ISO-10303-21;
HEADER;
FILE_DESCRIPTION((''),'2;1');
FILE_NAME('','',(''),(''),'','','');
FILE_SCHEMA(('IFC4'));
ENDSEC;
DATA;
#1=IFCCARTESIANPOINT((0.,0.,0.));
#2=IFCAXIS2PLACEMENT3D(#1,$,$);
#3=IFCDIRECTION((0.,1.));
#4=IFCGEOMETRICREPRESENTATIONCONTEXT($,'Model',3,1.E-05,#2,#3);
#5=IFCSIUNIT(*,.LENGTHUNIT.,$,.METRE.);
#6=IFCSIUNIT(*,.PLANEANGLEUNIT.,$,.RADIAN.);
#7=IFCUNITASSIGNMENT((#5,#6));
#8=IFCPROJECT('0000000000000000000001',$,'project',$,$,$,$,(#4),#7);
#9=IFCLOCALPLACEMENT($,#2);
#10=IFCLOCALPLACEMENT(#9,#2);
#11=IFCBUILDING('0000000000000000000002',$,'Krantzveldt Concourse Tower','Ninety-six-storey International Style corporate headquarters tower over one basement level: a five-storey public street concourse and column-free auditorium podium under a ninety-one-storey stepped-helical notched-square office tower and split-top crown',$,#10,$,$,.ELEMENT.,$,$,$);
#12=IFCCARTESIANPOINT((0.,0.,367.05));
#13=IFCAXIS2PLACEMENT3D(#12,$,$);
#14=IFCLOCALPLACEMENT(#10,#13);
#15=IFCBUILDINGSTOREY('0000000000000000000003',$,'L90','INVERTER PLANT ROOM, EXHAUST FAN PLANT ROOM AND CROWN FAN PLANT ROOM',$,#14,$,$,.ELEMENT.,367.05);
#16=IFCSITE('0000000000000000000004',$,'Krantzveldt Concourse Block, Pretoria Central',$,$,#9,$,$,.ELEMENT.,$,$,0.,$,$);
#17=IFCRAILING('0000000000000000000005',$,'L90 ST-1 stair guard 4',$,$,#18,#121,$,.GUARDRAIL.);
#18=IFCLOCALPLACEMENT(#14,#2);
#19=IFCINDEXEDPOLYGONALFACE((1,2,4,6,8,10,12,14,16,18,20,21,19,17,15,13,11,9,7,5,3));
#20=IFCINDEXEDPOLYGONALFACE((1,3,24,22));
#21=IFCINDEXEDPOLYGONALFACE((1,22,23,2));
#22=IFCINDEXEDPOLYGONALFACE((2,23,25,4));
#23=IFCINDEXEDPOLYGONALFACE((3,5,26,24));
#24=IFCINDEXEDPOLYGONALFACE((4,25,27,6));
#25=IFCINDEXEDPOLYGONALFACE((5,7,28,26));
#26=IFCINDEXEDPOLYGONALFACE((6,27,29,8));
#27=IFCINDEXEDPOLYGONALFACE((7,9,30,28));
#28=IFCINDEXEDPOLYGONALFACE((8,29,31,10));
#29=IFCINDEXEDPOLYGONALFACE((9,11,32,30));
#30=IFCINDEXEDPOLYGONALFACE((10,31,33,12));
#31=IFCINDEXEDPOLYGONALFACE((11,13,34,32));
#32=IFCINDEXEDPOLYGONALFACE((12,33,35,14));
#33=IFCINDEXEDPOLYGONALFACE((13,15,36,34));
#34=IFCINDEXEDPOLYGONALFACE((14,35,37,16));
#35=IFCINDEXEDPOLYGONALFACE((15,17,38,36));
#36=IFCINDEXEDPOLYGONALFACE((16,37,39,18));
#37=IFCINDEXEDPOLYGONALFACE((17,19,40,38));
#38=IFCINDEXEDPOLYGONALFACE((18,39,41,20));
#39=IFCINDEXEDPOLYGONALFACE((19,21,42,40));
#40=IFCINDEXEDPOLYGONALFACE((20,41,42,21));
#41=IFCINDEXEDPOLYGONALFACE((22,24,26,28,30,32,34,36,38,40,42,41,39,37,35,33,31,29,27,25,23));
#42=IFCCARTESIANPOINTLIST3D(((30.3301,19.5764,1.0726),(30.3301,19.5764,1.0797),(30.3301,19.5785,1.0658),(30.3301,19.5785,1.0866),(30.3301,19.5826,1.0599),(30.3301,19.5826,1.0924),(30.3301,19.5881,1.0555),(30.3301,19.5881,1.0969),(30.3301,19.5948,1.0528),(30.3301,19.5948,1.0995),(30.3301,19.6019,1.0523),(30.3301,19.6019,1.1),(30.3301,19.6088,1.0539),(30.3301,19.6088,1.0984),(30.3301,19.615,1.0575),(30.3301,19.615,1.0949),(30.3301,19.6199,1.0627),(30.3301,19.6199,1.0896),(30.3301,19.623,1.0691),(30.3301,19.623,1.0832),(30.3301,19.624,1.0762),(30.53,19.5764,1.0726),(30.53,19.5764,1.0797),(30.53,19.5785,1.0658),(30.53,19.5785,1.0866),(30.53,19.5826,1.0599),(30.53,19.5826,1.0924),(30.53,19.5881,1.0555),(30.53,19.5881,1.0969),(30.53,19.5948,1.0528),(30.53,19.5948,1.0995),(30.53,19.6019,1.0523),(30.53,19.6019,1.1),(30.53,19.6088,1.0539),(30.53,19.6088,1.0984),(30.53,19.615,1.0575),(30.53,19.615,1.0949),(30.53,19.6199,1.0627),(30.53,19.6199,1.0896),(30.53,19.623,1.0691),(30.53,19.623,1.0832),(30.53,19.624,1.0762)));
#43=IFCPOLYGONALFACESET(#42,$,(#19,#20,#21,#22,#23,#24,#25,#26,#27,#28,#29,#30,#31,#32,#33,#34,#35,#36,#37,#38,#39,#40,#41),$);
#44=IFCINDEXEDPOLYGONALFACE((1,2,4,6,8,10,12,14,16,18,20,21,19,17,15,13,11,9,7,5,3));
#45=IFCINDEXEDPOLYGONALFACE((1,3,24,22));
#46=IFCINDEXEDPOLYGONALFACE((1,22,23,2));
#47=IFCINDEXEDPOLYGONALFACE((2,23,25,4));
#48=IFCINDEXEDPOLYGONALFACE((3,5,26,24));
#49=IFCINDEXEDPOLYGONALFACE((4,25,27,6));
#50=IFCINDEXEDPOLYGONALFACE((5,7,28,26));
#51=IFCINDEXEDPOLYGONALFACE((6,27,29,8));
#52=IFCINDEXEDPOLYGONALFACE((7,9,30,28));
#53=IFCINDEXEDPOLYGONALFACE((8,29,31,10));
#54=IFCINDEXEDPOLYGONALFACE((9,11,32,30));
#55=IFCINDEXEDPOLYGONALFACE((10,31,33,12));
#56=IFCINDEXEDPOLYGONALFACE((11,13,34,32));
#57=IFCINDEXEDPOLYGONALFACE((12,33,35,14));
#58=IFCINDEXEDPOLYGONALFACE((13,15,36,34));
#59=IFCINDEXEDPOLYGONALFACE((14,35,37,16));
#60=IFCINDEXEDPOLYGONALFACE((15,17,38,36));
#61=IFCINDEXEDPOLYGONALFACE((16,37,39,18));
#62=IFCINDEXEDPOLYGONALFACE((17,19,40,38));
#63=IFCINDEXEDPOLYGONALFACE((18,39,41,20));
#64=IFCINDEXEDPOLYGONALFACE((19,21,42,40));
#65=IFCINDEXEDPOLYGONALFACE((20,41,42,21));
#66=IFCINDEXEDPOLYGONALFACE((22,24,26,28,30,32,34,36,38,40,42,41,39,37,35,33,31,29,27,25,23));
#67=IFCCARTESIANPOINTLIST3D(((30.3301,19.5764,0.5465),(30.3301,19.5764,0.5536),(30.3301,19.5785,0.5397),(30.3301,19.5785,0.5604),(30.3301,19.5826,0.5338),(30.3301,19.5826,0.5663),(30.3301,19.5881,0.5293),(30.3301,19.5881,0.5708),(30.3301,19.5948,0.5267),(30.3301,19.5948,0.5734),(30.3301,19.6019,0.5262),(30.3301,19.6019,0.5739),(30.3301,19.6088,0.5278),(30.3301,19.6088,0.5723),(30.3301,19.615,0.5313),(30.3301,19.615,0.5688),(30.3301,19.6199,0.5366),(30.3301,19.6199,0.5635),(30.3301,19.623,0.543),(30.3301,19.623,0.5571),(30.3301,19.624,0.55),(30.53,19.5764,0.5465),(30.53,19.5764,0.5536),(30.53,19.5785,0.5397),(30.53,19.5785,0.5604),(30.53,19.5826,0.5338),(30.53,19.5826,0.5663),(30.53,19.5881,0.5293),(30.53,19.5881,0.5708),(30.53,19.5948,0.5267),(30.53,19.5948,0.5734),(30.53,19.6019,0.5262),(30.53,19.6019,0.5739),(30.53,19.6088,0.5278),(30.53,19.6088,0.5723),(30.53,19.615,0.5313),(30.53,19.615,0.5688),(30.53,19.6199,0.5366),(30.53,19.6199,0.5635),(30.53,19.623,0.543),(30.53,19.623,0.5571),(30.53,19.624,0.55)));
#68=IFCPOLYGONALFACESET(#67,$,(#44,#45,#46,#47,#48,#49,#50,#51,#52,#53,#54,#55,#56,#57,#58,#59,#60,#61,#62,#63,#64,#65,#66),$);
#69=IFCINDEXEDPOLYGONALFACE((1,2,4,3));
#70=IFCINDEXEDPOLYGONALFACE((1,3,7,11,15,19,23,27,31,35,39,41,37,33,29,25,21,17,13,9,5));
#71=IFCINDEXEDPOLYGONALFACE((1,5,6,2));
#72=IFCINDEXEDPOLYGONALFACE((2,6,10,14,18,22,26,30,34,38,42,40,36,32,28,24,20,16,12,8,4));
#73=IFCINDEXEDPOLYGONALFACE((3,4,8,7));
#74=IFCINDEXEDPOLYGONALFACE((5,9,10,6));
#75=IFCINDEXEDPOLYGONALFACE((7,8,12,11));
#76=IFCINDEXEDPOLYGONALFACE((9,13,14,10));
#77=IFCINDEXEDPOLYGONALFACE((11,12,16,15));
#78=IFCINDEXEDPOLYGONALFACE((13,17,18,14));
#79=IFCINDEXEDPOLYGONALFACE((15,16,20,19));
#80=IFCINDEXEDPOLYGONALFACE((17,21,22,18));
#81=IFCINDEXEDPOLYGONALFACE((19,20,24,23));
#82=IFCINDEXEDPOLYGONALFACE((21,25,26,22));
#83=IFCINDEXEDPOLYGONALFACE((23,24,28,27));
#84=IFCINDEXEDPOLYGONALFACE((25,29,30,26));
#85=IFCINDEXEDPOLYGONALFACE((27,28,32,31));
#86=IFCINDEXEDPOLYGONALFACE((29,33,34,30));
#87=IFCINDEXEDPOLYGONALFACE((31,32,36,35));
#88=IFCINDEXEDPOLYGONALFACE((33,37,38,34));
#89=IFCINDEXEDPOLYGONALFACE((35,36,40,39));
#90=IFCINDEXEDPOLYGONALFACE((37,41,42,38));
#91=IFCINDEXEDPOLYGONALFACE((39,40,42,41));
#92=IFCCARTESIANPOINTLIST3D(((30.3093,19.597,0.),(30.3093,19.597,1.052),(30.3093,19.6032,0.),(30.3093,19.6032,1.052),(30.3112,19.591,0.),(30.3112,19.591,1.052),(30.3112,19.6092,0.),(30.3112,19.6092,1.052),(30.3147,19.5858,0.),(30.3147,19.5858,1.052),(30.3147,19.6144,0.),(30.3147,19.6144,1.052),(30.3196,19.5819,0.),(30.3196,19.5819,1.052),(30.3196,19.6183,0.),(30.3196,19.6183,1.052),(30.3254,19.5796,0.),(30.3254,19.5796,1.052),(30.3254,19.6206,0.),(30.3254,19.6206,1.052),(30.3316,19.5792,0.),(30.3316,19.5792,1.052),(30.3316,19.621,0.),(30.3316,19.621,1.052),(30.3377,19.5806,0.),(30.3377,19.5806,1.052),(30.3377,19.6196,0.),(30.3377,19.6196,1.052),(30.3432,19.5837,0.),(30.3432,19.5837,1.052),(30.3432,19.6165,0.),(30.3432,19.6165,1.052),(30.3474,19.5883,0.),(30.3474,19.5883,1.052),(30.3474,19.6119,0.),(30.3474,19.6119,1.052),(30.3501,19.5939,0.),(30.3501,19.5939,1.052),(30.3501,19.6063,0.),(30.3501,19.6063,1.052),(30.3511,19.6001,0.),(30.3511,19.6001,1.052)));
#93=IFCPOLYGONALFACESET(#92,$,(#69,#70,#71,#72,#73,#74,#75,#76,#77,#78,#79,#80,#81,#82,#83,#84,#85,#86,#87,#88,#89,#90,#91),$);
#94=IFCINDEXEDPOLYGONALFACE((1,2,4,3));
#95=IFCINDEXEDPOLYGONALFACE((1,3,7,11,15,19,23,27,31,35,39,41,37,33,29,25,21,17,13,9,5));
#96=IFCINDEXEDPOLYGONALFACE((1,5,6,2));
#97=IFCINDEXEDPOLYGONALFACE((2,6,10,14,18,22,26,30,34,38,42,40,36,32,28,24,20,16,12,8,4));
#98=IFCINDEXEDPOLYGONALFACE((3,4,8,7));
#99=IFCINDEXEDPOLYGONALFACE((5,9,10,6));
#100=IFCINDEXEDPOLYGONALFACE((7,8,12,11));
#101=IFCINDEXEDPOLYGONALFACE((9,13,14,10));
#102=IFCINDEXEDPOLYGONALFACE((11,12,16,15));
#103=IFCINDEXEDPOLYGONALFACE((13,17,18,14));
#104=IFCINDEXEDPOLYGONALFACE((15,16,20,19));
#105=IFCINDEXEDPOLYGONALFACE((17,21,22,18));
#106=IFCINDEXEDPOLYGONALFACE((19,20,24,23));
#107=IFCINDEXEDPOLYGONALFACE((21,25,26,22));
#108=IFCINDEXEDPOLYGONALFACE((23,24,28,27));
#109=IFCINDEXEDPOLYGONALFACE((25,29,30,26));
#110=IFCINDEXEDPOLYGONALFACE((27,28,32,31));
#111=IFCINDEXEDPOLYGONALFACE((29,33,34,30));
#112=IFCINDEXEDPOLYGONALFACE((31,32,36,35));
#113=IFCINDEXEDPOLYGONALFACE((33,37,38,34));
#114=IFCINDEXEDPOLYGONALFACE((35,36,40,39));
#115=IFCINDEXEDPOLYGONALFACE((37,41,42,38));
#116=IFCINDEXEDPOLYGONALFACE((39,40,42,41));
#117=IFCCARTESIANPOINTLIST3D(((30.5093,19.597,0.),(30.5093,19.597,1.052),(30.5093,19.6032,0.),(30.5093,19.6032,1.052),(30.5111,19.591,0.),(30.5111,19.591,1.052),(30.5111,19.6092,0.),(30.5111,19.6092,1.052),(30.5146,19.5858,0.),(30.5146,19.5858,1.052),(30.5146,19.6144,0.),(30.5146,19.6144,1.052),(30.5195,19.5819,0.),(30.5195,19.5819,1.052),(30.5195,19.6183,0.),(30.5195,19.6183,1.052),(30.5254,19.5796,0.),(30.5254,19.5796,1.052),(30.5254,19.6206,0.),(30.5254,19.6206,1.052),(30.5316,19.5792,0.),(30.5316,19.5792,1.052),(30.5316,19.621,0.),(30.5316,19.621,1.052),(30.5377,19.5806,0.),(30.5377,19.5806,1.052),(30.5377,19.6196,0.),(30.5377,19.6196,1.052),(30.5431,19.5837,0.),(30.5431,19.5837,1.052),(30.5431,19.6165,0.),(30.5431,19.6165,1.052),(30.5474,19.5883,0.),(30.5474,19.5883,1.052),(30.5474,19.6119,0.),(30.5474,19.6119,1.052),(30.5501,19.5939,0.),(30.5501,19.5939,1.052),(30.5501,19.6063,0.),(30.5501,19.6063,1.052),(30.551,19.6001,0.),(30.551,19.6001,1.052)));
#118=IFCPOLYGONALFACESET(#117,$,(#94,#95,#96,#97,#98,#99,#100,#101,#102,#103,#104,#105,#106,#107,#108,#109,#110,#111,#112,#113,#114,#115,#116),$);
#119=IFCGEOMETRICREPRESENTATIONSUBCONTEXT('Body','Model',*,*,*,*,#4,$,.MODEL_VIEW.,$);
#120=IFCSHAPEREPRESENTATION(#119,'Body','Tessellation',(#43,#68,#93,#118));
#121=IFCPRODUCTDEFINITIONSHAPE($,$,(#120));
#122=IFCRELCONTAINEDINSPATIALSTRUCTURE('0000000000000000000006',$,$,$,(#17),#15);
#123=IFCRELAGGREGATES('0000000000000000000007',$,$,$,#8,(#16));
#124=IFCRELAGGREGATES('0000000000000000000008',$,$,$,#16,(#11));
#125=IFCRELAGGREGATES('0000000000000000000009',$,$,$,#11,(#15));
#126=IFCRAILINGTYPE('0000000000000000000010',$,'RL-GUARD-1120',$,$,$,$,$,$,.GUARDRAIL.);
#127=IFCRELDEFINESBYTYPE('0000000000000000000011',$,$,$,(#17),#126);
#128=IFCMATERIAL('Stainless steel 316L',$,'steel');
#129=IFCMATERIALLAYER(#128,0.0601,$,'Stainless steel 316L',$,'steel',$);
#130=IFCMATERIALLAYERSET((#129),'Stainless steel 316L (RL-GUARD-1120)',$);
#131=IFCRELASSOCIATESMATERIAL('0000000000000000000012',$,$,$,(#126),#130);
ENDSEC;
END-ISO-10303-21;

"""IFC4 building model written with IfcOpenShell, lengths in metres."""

from ifc_helpers import new_model, si_unit, direction, frame, origin, origin_2d, place, context, subcontext, project, spatial, circle, extrude, material, layer, layer_set, type_object, element, save


model = new_model("IFC4")

# Units and contexts
model_context = context("Model", 3, precision=1e-05, world=origin(), true_north=direction((0.0, 1.0)))
body_context = subcontext(model_context, "Body", "Model", "MODEL_VIEW")
ifc_project = project(units=[si_unit("LENGTHUNIT", "METRE"), si_unit("PLANEANGLEUNIT", "RADIAN")], contexts=[model_context])

# Site, building, storey
site_placement = place(None, origin())
site = spatial("IfcSite", under=ifc_project, at=site_placement, Name="Krantzveldt Concourse Block, Pretoria Central", CompositionType="ELEMENT", RefElevation=0.0)
building_placement = place(site_placement, origin())
building = spatial("IfcBuilding", under=site, at=building_placement, Name="Krantzveldt Concourse Tower", Description="Ninety-six-storey International Style corporate headquarters tower over one basement level: a five-storey public street concourse and column-free auditorium podium under a ninety-one-storey stepped-helical notched-square office tower and split-top crown", CompositionType="ELEMENT")
storey_placement = place(building_placement, frame((0.0, 0.0, 367.05)))
storey = spatial("IfcBuildingStorey", under=building, at=storey_placement, Name="L90", Description="INVERTER PLANT ROOM, EXHAUST FAN PLANT ROOM AND CROWN FAN PLANT ROOM", CompositionType="ELEMENT", Elevation=367.05)

# Shared definitions
ifc_material_1 = material(Name="Stainless steel 316L", Category="steel")

# Railing
ifc_layer_1 = layer(ifc_material_1, 0.0601, Name="Stainless steel 316L", Category="steel")
ifc_layer_set_1 = layer_set([ifc_layer_1], Name="Stainless steel 316L (RL-GUARD-1120)")
railing_type_1 = type_object("IfcRailingType", Name="RL-GUARD-1120", PredefinedType="GUARDRAIL", material=ifc_layer_set_1)
railing_1_placement = place(storey_placement, frame((30.3301, 19.6001, 0.0)))
element("IfcRailing", 1, at=railing_1_placement, inside=storey, type_object=railing_type_1, Name="L90 ST-1 stair guard 4", PredefinedType="GUARDRAIL", context=body_context, shape_type="SweptSolid", body=[
    extrude(circle(Radius=0.0239, at=origin_2d()), frame((0.0, 0.0, 1.0762), z_axis=(1.0, 0.0, 0.0), x_axis=(0.0, 1.0, 0.0)), (0.0, 0.0, 1.0), 0.2),
    extrude(circle(Radius=0.0239, at=origin_2d()), frame((0.0, 0.0, 0.55), z_axis=(1.0, 0.0, 0.0), x_axis=(0.0, 1.0, 0.0)), (0.0, 0.0, 1.0), 0.2),
    extrude(circle(Radius=0.021, at=origin_2d()), origin(), (0.0, 0.0, 1.0), 1.052),
    extrude(circle(Radius=0.021, at=origin_2d()), frame((0.2, 0.0, 0.0)), (0.0, 0.0, 1.0), 1.052),
])

save(model, "model.ifc")
